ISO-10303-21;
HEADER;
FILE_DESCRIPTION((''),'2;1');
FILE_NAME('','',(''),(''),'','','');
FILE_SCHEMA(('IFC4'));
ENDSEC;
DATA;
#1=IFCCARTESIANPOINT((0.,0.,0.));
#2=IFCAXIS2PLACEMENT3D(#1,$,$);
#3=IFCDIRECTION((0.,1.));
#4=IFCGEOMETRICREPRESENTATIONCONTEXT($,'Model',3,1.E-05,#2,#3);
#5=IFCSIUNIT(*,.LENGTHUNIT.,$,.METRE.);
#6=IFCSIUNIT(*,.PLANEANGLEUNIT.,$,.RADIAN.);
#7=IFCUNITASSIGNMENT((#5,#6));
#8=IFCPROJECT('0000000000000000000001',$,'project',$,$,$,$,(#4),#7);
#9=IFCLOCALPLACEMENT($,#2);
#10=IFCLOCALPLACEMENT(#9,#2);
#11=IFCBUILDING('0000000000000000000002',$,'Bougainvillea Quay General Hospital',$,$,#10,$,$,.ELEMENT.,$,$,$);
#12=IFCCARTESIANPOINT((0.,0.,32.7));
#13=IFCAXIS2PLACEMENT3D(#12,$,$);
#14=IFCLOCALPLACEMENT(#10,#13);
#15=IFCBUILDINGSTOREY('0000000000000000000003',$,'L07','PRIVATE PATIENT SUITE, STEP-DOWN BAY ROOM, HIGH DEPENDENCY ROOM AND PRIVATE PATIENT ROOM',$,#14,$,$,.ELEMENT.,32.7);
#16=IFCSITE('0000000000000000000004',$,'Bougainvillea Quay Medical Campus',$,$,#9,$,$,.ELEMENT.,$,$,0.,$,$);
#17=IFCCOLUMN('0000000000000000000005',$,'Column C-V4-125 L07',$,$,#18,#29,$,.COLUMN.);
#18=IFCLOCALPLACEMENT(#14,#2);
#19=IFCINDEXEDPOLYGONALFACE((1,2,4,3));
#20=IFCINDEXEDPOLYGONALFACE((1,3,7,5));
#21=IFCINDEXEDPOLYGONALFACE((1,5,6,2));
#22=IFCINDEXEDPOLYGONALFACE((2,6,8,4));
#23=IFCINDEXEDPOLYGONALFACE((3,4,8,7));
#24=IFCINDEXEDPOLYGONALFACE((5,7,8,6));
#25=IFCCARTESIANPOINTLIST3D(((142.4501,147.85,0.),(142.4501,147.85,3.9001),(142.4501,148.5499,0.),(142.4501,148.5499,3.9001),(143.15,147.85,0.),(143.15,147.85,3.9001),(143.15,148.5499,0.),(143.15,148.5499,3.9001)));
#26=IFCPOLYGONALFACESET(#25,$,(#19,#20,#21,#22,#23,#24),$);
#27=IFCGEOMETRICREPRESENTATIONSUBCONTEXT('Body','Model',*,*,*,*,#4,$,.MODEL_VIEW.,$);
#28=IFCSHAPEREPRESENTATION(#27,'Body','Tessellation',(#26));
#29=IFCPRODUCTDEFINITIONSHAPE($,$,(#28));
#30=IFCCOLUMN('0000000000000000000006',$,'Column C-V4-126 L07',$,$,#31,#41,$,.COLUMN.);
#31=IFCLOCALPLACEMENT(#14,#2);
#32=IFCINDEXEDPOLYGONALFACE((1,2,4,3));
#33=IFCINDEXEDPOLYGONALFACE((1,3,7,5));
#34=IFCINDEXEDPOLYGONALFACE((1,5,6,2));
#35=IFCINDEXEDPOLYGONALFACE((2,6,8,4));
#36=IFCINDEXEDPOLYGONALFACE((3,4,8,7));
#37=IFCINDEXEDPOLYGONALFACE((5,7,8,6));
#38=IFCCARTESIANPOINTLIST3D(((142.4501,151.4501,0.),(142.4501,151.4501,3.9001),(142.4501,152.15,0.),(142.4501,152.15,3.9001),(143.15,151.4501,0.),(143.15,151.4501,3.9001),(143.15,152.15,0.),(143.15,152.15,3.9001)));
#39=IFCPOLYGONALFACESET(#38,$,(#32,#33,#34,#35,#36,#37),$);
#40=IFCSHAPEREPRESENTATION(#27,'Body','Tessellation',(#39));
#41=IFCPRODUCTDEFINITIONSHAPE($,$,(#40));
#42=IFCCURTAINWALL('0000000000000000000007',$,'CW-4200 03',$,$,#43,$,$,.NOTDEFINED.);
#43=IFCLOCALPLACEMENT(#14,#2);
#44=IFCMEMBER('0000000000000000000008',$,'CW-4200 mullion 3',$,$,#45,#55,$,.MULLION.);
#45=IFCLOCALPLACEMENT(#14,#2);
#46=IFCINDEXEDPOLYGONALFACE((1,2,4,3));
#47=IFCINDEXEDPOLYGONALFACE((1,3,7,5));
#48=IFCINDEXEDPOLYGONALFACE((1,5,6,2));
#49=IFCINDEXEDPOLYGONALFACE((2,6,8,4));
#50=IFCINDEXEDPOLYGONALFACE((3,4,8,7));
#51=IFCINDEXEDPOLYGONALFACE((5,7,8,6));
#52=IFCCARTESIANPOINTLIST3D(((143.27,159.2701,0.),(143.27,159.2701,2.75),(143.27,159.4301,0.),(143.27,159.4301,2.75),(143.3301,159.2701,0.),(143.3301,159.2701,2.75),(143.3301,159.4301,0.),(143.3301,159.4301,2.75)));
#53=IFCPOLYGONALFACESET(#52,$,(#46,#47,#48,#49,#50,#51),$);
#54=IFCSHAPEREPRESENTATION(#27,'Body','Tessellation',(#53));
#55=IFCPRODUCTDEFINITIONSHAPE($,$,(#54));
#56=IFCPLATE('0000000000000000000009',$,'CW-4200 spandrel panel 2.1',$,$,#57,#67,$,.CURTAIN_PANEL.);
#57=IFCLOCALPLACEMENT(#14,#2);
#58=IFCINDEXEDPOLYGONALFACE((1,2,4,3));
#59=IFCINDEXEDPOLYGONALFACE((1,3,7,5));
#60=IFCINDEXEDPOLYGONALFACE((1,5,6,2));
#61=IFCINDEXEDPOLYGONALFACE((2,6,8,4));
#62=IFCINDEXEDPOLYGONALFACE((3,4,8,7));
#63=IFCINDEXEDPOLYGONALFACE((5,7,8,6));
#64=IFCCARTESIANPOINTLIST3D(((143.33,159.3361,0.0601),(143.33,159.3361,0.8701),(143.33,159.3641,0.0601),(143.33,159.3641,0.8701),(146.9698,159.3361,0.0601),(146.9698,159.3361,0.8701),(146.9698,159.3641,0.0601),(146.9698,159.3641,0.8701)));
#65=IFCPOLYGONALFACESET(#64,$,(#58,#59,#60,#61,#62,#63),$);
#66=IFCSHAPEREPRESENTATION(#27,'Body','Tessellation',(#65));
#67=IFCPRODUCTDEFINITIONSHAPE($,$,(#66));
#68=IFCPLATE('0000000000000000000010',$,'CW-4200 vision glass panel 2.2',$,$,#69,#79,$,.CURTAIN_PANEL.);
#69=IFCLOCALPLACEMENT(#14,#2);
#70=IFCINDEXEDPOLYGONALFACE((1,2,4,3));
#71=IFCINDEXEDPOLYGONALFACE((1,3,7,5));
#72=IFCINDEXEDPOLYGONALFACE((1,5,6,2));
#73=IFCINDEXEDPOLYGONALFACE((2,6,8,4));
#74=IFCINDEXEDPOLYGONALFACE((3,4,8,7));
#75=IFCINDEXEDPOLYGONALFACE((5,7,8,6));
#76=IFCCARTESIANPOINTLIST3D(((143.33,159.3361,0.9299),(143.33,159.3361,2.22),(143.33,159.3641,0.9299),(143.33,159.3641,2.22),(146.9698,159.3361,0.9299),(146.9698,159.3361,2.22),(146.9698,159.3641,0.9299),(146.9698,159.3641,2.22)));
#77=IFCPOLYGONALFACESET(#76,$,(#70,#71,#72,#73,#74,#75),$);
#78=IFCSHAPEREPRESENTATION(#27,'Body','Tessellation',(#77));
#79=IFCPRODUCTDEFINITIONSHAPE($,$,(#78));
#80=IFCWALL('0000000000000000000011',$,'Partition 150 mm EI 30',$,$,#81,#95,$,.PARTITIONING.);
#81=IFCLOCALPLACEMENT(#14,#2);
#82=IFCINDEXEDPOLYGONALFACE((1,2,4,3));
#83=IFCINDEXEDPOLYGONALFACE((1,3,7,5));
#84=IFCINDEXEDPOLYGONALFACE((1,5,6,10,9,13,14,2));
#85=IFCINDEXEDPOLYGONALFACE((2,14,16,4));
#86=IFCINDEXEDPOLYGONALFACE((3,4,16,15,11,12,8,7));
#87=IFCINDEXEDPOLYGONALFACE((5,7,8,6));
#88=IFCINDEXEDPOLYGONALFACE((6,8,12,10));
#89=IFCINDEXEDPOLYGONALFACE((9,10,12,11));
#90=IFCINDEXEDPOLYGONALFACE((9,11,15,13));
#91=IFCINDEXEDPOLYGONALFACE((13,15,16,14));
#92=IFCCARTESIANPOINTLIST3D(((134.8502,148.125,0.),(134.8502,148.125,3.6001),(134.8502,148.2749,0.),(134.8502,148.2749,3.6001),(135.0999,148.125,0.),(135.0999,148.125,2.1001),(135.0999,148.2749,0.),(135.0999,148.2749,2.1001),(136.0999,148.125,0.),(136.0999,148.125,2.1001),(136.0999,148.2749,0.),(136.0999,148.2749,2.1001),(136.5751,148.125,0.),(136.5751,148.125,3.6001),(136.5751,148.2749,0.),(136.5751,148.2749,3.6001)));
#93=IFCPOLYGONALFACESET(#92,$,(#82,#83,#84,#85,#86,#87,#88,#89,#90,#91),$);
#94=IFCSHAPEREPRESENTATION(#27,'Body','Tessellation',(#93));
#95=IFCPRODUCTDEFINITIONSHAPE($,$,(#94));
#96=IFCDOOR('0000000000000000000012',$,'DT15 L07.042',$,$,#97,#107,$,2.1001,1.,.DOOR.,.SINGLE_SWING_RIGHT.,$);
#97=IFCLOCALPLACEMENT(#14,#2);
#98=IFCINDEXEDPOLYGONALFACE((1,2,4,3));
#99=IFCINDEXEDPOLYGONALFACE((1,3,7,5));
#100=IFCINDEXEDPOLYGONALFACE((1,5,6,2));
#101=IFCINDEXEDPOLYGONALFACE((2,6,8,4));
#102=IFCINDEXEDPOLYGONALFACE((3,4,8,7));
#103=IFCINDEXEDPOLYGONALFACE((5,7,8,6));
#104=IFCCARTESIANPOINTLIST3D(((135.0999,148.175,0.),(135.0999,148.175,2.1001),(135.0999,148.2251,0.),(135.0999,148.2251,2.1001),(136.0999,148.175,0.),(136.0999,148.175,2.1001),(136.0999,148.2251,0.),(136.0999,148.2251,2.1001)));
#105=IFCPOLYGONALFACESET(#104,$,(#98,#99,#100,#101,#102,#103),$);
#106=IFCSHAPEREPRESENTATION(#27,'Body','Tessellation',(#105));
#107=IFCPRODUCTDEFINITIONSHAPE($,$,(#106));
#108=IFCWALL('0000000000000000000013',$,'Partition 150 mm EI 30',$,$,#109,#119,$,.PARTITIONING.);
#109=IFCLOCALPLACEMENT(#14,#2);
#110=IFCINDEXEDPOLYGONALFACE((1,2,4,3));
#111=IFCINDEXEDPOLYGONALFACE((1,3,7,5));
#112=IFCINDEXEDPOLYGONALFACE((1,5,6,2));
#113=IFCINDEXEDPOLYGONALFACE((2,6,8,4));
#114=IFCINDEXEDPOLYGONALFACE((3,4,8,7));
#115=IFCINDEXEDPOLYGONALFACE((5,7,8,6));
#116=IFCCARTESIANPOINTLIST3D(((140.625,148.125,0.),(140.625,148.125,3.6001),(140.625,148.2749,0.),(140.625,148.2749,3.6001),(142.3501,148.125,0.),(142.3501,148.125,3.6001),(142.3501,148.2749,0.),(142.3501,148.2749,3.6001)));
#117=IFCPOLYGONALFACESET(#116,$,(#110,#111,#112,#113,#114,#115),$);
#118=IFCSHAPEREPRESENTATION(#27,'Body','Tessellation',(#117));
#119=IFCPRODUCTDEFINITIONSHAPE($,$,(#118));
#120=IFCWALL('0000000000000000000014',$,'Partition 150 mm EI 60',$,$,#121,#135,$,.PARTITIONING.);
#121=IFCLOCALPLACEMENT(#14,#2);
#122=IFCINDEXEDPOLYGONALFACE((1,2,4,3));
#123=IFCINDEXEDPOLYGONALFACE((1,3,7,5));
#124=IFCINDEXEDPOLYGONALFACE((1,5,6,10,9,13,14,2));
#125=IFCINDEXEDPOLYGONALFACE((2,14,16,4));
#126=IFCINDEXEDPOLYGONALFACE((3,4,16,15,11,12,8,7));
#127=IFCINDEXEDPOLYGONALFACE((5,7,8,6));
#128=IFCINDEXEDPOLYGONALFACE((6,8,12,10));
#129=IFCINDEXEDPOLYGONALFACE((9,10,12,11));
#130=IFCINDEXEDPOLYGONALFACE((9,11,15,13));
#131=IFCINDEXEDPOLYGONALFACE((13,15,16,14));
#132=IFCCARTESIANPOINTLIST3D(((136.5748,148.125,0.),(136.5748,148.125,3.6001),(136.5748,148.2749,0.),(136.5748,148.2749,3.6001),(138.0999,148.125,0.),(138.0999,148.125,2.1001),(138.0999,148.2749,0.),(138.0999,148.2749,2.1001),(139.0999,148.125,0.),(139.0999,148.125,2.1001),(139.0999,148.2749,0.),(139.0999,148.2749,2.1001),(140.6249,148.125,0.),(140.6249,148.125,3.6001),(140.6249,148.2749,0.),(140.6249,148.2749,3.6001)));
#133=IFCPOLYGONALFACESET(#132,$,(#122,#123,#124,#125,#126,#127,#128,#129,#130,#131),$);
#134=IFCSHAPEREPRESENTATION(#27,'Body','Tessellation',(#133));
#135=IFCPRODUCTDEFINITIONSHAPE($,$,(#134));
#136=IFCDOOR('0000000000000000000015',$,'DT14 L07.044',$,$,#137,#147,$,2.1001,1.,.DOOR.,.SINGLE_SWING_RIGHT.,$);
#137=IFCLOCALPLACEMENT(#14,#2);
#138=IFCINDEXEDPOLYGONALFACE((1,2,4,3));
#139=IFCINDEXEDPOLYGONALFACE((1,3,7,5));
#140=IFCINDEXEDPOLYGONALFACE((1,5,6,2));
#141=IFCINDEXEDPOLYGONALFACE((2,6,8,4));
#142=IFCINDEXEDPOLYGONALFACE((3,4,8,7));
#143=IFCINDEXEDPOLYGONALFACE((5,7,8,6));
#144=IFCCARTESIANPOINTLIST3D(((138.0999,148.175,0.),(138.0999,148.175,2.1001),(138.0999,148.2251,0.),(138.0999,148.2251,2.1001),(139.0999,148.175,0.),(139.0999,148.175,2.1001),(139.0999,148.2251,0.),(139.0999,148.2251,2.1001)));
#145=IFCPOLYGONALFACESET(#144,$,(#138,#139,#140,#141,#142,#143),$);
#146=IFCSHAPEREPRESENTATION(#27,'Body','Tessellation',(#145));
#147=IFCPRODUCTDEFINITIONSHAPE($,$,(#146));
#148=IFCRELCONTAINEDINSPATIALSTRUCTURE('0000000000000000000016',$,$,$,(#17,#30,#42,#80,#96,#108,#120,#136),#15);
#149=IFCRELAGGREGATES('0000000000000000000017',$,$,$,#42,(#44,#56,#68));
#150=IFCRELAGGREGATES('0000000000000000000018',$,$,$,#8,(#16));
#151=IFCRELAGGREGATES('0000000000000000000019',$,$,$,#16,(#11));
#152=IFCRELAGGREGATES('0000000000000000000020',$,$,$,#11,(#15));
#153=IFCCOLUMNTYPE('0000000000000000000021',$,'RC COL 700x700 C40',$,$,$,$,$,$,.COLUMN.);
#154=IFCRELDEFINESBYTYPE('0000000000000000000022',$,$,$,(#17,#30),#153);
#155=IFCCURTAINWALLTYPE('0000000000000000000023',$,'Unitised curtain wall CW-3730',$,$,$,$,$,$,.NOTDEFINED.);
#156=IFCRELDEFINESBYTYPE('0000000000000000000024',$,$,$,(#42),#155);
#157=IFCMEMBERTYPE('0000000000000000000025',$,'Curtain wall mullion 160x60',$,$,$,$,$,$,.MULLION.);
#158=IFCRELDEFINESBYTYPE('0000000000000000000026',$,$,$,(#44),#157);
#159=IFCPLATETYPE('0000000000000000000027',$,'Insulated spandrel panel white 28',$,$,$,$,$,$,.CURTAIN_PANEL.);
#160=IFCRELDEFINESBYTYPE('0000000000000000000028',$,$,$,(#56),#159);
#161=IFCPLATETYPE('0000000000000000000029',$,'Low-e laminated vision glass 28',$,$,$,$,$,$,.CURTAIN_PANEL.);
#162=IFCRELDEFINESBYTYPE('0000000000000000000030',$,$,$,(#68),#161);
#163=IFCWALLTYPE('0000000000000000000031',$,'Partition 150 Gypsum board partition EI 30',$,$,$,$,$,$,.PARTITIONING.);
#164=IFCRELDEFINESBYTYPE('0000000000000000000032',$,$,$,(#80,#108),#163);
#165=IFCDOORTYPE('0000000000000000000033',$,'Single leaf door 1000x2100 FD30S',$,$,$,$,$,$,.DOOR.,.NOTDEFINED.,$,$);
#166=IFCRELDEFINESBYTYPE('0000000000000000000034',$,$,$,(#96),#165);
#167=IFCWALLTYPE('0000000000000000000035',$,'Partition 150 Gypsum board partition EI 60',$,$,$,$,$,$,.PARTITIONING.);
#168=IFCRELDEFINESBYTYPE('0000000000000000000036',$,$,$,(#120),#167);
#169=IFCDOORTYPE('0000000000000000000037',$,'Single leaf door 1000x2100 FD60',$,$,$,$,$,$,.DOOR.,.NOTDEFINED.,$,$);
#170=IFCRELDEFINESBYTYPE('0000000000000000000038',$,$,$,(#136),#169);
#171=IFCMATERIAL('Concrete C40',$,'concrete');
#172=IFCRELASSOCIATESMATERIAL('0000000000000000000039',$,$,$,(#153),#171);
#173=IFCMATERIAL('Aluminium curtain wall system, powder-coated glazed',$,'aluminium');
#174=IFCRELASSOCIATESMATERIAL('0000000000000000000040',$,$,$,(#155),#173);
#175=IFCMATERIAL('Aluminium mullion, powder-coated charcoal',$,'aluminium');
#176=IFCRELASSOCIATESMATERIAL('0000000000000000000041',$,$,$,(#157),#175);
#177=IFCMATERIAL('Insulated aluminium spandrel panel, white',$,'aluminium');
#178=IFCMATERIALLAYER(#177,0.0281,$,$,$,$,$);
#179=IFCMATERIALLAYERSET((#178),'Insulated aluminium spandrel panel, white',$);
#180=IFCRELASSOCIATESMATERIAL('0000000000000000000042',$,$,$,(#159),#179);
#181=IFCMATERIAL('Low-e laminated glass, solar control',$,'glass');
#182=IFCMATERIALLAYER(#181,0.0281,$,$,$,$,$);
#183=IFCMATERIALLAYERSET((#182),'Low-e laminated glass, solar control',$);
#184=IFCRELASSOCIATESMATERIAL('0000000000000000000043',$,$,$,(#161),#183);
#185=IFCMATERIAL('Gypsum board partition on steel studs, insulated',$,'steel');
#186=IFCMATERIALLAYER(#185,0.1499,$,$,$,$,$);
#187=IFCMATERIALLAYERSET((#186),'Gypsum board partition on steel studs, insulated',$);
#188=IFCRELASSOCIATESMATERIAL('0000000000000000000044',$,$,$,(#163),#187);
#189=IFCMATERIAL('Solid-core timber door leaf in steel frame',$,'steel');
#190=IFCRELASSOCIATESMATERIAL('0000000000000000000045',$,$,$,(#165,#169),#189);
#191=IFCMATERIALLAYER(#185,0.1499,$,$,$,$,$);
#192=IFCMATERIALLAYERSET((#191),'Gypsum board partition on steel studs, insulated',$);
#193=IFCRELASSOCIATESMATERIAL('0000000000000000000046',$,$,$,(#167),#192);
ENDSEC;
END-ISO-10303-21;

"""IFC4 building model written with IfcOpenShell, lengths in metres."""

from ifc_helpers import new_model, si_unit, direction, frame, frame_2d, origin, origin_2d, place, context, subcontext, project, spatial, rectangle, extrude, material, layer, layer_set, material_profile, profile_set, type_object, element, fill, aggregate, save


model = new_model("IFC4")

# Units and contexts
model_context = context("Model", 3, precision=1e-05, world=origin(), true_north=direction((0.0, 1.0)))
body_context = subcontext(model_context, "Body", "Model", "MODEL_VIEW")
ifc_project = project(units=[si_unit("LENGTHUNIT", "METRE"), si_unit("PLANEANGLEUNIT", "RADIAN")], contexts=[model_context])

# Site, building, storey
site_placement = place(None, origin())
site = spatial("IfcSite", under=ifc_project, at=site_placement, Name="Bougainvillea Quay Medical Campus", CompositionType="ELEMENT", RefElevation=0.0)
building_placement = place(site_placement, origin())
building = spatial("IfcBuilding", under=site, at=building_placement, Name="Bougainvillea Quay General Hospital", CompositionType="ELEMENT")
storey_placement = place(building_placement, frame((0.0, 0.0, 32.7)))
storey = spatial("IfcBuildingStorey", under=building, at=storey_placement, Name="L07", Description="PRIVATE PATIENT SUITE, STEP-DOWN BAY ROOM, HIGH DEPENDENCY ROOM AND PRIVATE PATIENT ROOM", CompositionType="ELEMENT", Elevation=32.7)

# Columns
ifc_material_1 = material(Name="Concrete C40", Category="concrete")
ifc_material_profile_1 = material_profile(ifc_material_1, rectangle(XDim=0.7, YDim=0.7, at=origin_2d()))
ifc_profile_set_1 = profile_set([ifc_material_profile_1], Name="Concrete C40")
column_type = type_object("IfcColumnType", Name="RC COL 700x700 C40", PredefinedType="COLUMN", material=ifc_profile_set_1)
for number, where, z_axis, x_axis, name in (
    (1, (142.8, 148.2, 0.0), (0.0, 0.0, 1.0), (1.0, 0.0, 0.0), "Column C-V4-125 L07"),
    (2, (142.8, 151.8, 0.0), (0.0, 0.0, 1.0), (1.0, 0.0, 0.0), "Column C-V4-126 L07"),
):
    element("IfcColumn", number, at=place(storey_placement, frame(where, z_axis=z_axis, x_axis=x_axis)), inside=storey, type_object=column_type, Name=name, PredefinedType="COLUMN", context=body_context, shape_type="SweptSolid", body=[
        extrude(rectangle(XDim=0.7, YDim=0.7, at=origin_2d()), origin(), (0.0, 0.0, 1.0), 3.9001),
    ])

# Curtain wall, member, plates
ifc_material_2 = material(Name="Aluminium curtain wall system, powder-coated glazed", Category="aluminium")
curtain_wall_type = type_object("IfcCurtainWallType", Name="Unitised curtain wall CW-3730", PredefinedType="NOTDEFINED", material=ifc_material_2)
curtain_wall_placement = place(storey_placement, origin())
curtain_wall = element("IfcCurtainWall", 3, at=curtain_wall_placement, inside=storey, type_object=curtain_wall_type, Name="CW-4200 03", PredefinedType="NOTDEFINED")
ifc_material_3 = material(Name="Aluminium mullion, powder-coated charcoal", Category="aluminium")
ifc_material_profile_2 = material_profile(ifc_material_3, rectangle(XDim=0.1599, YDim=0.0601, at=origin_2d()))
ifc_profile_set_2 = profile_set([ifc_material_profile_2], Name="Aluminium mullion, powder-coated charcoal")
member_type = type_object("IfcMemberType", Name="Curtain wall mullion 160x60", PredefinedType="MULLION", material=ifc_profile_set_2)
member_placement = place(storey_placement, frame((143.3, 159.3501, 0.0), z_axis=(0.0, 0.0, 1.0), x_axis=(0.0, -1.0, 0.0)))
member = element("IfcMember", 4, at=member_placement, type_object=member_type, Name="CW-4200 mullion 3", PredefinedType="MULLION", context=body_context, shape_type="SweptSolid", body=[
    extrude(rectangle(XDim=0.1599, YDim=0.0601, at=origin_2d()), origin(), (0.0, 0.0, 1.0), 2.75),
])
ifc_material_4 = material(Name="Insulated aluminium spandrel panel, white", Category="aluminium")
ifc_layer_1 = layer(ifc_material_4, 0.0281)
ifc_layer_set_1 = layer_set([ifc_layer_1], Name="Insulated aluminium spandrel panel, white")
plate_type_1 = type_object("IfcPlateType", Name="Insulated spandrel panel white 28", PredefinedType="CURTAIN_PANEL", material=ifc_layer_set_1)
plate_1_placement = place(storey_placement, frame((145.1499, 159.3501, 0.0601), z_axis=(0.0, 0.0, 1.0), x_axis=(-1.0, 0.0, 0.0)))
plate_1 = element("IfcPlate", 5, at=plate_1_placement, type_object=plate_type_1, Name="CW-4200 spandrel panel 2.1", PredefinedType="CURTAIN_PANEL", context=body_context, shape_type="SweptSolid", body=[
    extrude(rectangle(XDim=3.6399, YDim=0.0281, at=origin_2d()), origin(), (0.0, 0.0, 1.0), 0.8101),
])
ifc_material_5 = material(Name="Low-e laminated glass, solar control", Category="glass")
ifc_layer_2 = layer(ifc_material_5, 0.0281)
ifc_layer_set_2 = layer_set([ifc_layer_2], Name="Low-e laminated glass, solar control")
plate_type_2 = type_object("IfcPlateType", Name="Low-e laminated vision glass 28", PredefinedType="CURTAIN_PANEL", material=ifc_layer_set_2)
plate_2_placement = place(storey_placement, frame((145.1499, 159.3501, 0.9299), z_axis=(0.0, 0.0, 1.0), x_axis=(-1.0, 0.0, 0.0)))
plate_2 = element("IfcPlate", 6, at=plate_2_placement, type_object=plate_type_2, Name="CW-4200 vision glass panel 2.2", PredefinedType="CURTAIN_PANEL", context=body_context, shape_type="SweptSolid", body=[
    extrude(rectangle(XDim=3.6399, YDim=0.0281, at=origin_2d()), origin(), (0.0, 0.0, 1.0), 1.29),
])
aggregate(curtain_wall, [member, plate_1, plate_2])

# Wall, opening, door
ifc_material_6 = material(Name="Gypsum board partition on steel studs, insulated", Category="steel")
ifc_layer_3 = layer(ifc_material_6, 0.1499)
ifc_layer_set_3 = layer_set([ifc_layer_3], Name="Gypsum board partition on steel studs, insulated")
wall_type_1 = type_object("IfcWallType", Name="Partition 150 Gypsum board partition EI 30", PredefinedType="PARTITIONING", material=ifc_layer_set_3)
wall_1_placement = place(storey_placement, frame((136.575, 148.2, 0.0), z_axis=(0.0, 0.0, 1.0), x_axis=(-1.0, 0.0, 0.0)))
wall_1 = element("IfcWall", 7, at=wall_1_placement, inside=storey, type_object=wall_type_1, Name="Partition 150 mm EI 30", PredefinedType="PARTITIONING", context=body_context, shape_type="SweptSolid", body=[
    extrude(rectangle(XDim=1.7249, YDim=0.1499, at=frame_2d((0.8623, 0.0))), origin(), (0.0, 0.0, 1.0), 3.6001),
])
opening_1_placement = place(wall_1_placement, frame((0.4751, 0.0, 0.0)))
opening_1 = element("IfcOpeningElement", 8, at=opening_1_placement, cuts=wall_1, PredefinedType="OPENING", context=body_context, shape_type="SweptSolid", body=[
    extrude(rectangle(XDim=1.0, YDim=2.1001, at=frame_2d((0.5, 1.05))), frame((0.0, 0.085, 0.0), z_axis=(0.0, -1.0, 0.0), x_axis=(1.0, 0.0, 0.0)), (0.0, 0.0, 1.0), 0.1699),
])
ifc_material_7 = material(Name="Solid-core timber door leaf in steel frame", Category="steel")
door_type_1 = type_object("IfcDoorType", Name="Single leaf door 1000x2100 FD30S", OperationType="NOTDEFINED", PredefinedType="DOOR", material=ifc_material_7)
door_1_placement = place(opening_1_placement, origin())
door_1 = element("IfcDoor", 9, at=door_1_placement, inside=storey, type_object=door_type_1, Name="DT15 L07.042", OperationType="SINGLE_SWING_RIGHT", OverallHeight=2.1001, OverallWidth=1.0, PredefinedType="DOOR", context=body_context, shape_type="SweptSolid", body=[
    extrude(rectangle(XDim=1.0, YDim=2.1001, at=frame_2d((0.5, 1.05))), frame((0.0, 0.0249, 0.0), z_axis=(0.0, -1.0, 0.0), x_axis=(1.0, 0.0, 0.0)), (0.0, 0.0, 1.0), 0.05),
])
fill(opening_1, door_1)

# Wall
wall_2_placement = place(storey_placement, frame((142.3501, 148.2, 0.0), z_axis=(0.0, 0.0, 1.0), x_axis=(-1.0, 0.0, 0.0)))
element("IfcWall", 10, at=wall_2_placement, inside=storey, type_object=wall_type_1, Name="Partition 150 mm EI 30", PredefinedType="PARTITIONING", context=body_context, shape_type="SweptSolid", body=[
    extrude(rectangle(XDim=1.7251, YDim=0.1499, at=frame_2d((0.8625, 0.0))), origin(), (0.0, 0.0, 1.0), 3.6001),
])

# Wall, opening, door
ifc_layer_4 = layer(ifc_material_6, 0.1499)
ifc_layer_set_4 = layer_set([ifc_layer_4], Name="Gypsum board partition on steel studs, insulated")
wall_type_2 = type_object("IfcWallType", Name="Partition 150 Gypsum board partition EI 60", PredefinedType="PARTITIONING", material=ifc_layer_set_4)
wall_3_placement = place(storey_placement, frame((136.575, 148.2, 0.0), z_axis=(0.0, 0.0, 1.0), x_axis=(1.0, 0.0, 0.0)))
wall_3 = element("IfcWall", 11, at=wall_3_placement, inside=storey, type_object=wall_type_2, Name="Partition 150 mm EI 60", PredefinedType="PARTITIONING", context=body_context, shape_type="SweptSolid", body=[
    extrude(rectangle(XDim=4.05, YDim=0.1499, at=frame_2d((2.0249, 0.0))), origin(), (0.0, 0.0, 1.0), 3.6001),
])
opening_2_placement = place(wall_3_placement, frame((1.5249, 0.0, 0.0)))
opening_2 = element("IfcOpeningElement", 12, at=opening_2_placement, cuts=wall_3, PredefinedType="OPENING", context=body_context, shape_type="SweptSolid", body=[
    extrude(rectangle(XDim=1.0, YDim=2.1001, at=frame_2d((0.5, 1.05))), frame((0.0, 0.085, 0.0), z_axis=(0.0, -1.0, 0.0), x_axis=(1.0, 0.0, 0.0)), (0.0, 0.0, 1.0), 0.1699),
])
door_type_2 = type_object("IfcDoorType", Name="Single leaf door 1000x2100 FD60", OperationType="NOTDEFINED", PredefinedType="DOOR", material=ifc_material_7)
door_2_placement = place(opening_2_placement, frame((1.0, 0.0, 0.0), z_axis=(0.0, 0.0, 1.0), x_axis=(-1.0, 0.0, 0.0)))
door_2 = element("IfcDoor", 13, at=door_2_placement, inside=storey, type_object=door_type_2, Name="DT14 L07.044", OperationType="SINGLE_SWING_RIGHT", OverallHeight=2.1001, OverallWidth=1.0, PredefinedType="DOOR", context=body_context, shape_type="SweptSolid", body=[
    extrude(rectangle(XDim=1.0, YDim=2.1001, at=frame_2d((0.5, 1.05))), frame((0.0, 0.0249, 0.0), z_axis=(0.0, -1.0, 0.0), x_axis=(1.0, 0.0, 0.0)), (0.0, 0.0, 1.0), 0.05),
])
fill(opening_2, door_2)

save(model, "model.ifc")
